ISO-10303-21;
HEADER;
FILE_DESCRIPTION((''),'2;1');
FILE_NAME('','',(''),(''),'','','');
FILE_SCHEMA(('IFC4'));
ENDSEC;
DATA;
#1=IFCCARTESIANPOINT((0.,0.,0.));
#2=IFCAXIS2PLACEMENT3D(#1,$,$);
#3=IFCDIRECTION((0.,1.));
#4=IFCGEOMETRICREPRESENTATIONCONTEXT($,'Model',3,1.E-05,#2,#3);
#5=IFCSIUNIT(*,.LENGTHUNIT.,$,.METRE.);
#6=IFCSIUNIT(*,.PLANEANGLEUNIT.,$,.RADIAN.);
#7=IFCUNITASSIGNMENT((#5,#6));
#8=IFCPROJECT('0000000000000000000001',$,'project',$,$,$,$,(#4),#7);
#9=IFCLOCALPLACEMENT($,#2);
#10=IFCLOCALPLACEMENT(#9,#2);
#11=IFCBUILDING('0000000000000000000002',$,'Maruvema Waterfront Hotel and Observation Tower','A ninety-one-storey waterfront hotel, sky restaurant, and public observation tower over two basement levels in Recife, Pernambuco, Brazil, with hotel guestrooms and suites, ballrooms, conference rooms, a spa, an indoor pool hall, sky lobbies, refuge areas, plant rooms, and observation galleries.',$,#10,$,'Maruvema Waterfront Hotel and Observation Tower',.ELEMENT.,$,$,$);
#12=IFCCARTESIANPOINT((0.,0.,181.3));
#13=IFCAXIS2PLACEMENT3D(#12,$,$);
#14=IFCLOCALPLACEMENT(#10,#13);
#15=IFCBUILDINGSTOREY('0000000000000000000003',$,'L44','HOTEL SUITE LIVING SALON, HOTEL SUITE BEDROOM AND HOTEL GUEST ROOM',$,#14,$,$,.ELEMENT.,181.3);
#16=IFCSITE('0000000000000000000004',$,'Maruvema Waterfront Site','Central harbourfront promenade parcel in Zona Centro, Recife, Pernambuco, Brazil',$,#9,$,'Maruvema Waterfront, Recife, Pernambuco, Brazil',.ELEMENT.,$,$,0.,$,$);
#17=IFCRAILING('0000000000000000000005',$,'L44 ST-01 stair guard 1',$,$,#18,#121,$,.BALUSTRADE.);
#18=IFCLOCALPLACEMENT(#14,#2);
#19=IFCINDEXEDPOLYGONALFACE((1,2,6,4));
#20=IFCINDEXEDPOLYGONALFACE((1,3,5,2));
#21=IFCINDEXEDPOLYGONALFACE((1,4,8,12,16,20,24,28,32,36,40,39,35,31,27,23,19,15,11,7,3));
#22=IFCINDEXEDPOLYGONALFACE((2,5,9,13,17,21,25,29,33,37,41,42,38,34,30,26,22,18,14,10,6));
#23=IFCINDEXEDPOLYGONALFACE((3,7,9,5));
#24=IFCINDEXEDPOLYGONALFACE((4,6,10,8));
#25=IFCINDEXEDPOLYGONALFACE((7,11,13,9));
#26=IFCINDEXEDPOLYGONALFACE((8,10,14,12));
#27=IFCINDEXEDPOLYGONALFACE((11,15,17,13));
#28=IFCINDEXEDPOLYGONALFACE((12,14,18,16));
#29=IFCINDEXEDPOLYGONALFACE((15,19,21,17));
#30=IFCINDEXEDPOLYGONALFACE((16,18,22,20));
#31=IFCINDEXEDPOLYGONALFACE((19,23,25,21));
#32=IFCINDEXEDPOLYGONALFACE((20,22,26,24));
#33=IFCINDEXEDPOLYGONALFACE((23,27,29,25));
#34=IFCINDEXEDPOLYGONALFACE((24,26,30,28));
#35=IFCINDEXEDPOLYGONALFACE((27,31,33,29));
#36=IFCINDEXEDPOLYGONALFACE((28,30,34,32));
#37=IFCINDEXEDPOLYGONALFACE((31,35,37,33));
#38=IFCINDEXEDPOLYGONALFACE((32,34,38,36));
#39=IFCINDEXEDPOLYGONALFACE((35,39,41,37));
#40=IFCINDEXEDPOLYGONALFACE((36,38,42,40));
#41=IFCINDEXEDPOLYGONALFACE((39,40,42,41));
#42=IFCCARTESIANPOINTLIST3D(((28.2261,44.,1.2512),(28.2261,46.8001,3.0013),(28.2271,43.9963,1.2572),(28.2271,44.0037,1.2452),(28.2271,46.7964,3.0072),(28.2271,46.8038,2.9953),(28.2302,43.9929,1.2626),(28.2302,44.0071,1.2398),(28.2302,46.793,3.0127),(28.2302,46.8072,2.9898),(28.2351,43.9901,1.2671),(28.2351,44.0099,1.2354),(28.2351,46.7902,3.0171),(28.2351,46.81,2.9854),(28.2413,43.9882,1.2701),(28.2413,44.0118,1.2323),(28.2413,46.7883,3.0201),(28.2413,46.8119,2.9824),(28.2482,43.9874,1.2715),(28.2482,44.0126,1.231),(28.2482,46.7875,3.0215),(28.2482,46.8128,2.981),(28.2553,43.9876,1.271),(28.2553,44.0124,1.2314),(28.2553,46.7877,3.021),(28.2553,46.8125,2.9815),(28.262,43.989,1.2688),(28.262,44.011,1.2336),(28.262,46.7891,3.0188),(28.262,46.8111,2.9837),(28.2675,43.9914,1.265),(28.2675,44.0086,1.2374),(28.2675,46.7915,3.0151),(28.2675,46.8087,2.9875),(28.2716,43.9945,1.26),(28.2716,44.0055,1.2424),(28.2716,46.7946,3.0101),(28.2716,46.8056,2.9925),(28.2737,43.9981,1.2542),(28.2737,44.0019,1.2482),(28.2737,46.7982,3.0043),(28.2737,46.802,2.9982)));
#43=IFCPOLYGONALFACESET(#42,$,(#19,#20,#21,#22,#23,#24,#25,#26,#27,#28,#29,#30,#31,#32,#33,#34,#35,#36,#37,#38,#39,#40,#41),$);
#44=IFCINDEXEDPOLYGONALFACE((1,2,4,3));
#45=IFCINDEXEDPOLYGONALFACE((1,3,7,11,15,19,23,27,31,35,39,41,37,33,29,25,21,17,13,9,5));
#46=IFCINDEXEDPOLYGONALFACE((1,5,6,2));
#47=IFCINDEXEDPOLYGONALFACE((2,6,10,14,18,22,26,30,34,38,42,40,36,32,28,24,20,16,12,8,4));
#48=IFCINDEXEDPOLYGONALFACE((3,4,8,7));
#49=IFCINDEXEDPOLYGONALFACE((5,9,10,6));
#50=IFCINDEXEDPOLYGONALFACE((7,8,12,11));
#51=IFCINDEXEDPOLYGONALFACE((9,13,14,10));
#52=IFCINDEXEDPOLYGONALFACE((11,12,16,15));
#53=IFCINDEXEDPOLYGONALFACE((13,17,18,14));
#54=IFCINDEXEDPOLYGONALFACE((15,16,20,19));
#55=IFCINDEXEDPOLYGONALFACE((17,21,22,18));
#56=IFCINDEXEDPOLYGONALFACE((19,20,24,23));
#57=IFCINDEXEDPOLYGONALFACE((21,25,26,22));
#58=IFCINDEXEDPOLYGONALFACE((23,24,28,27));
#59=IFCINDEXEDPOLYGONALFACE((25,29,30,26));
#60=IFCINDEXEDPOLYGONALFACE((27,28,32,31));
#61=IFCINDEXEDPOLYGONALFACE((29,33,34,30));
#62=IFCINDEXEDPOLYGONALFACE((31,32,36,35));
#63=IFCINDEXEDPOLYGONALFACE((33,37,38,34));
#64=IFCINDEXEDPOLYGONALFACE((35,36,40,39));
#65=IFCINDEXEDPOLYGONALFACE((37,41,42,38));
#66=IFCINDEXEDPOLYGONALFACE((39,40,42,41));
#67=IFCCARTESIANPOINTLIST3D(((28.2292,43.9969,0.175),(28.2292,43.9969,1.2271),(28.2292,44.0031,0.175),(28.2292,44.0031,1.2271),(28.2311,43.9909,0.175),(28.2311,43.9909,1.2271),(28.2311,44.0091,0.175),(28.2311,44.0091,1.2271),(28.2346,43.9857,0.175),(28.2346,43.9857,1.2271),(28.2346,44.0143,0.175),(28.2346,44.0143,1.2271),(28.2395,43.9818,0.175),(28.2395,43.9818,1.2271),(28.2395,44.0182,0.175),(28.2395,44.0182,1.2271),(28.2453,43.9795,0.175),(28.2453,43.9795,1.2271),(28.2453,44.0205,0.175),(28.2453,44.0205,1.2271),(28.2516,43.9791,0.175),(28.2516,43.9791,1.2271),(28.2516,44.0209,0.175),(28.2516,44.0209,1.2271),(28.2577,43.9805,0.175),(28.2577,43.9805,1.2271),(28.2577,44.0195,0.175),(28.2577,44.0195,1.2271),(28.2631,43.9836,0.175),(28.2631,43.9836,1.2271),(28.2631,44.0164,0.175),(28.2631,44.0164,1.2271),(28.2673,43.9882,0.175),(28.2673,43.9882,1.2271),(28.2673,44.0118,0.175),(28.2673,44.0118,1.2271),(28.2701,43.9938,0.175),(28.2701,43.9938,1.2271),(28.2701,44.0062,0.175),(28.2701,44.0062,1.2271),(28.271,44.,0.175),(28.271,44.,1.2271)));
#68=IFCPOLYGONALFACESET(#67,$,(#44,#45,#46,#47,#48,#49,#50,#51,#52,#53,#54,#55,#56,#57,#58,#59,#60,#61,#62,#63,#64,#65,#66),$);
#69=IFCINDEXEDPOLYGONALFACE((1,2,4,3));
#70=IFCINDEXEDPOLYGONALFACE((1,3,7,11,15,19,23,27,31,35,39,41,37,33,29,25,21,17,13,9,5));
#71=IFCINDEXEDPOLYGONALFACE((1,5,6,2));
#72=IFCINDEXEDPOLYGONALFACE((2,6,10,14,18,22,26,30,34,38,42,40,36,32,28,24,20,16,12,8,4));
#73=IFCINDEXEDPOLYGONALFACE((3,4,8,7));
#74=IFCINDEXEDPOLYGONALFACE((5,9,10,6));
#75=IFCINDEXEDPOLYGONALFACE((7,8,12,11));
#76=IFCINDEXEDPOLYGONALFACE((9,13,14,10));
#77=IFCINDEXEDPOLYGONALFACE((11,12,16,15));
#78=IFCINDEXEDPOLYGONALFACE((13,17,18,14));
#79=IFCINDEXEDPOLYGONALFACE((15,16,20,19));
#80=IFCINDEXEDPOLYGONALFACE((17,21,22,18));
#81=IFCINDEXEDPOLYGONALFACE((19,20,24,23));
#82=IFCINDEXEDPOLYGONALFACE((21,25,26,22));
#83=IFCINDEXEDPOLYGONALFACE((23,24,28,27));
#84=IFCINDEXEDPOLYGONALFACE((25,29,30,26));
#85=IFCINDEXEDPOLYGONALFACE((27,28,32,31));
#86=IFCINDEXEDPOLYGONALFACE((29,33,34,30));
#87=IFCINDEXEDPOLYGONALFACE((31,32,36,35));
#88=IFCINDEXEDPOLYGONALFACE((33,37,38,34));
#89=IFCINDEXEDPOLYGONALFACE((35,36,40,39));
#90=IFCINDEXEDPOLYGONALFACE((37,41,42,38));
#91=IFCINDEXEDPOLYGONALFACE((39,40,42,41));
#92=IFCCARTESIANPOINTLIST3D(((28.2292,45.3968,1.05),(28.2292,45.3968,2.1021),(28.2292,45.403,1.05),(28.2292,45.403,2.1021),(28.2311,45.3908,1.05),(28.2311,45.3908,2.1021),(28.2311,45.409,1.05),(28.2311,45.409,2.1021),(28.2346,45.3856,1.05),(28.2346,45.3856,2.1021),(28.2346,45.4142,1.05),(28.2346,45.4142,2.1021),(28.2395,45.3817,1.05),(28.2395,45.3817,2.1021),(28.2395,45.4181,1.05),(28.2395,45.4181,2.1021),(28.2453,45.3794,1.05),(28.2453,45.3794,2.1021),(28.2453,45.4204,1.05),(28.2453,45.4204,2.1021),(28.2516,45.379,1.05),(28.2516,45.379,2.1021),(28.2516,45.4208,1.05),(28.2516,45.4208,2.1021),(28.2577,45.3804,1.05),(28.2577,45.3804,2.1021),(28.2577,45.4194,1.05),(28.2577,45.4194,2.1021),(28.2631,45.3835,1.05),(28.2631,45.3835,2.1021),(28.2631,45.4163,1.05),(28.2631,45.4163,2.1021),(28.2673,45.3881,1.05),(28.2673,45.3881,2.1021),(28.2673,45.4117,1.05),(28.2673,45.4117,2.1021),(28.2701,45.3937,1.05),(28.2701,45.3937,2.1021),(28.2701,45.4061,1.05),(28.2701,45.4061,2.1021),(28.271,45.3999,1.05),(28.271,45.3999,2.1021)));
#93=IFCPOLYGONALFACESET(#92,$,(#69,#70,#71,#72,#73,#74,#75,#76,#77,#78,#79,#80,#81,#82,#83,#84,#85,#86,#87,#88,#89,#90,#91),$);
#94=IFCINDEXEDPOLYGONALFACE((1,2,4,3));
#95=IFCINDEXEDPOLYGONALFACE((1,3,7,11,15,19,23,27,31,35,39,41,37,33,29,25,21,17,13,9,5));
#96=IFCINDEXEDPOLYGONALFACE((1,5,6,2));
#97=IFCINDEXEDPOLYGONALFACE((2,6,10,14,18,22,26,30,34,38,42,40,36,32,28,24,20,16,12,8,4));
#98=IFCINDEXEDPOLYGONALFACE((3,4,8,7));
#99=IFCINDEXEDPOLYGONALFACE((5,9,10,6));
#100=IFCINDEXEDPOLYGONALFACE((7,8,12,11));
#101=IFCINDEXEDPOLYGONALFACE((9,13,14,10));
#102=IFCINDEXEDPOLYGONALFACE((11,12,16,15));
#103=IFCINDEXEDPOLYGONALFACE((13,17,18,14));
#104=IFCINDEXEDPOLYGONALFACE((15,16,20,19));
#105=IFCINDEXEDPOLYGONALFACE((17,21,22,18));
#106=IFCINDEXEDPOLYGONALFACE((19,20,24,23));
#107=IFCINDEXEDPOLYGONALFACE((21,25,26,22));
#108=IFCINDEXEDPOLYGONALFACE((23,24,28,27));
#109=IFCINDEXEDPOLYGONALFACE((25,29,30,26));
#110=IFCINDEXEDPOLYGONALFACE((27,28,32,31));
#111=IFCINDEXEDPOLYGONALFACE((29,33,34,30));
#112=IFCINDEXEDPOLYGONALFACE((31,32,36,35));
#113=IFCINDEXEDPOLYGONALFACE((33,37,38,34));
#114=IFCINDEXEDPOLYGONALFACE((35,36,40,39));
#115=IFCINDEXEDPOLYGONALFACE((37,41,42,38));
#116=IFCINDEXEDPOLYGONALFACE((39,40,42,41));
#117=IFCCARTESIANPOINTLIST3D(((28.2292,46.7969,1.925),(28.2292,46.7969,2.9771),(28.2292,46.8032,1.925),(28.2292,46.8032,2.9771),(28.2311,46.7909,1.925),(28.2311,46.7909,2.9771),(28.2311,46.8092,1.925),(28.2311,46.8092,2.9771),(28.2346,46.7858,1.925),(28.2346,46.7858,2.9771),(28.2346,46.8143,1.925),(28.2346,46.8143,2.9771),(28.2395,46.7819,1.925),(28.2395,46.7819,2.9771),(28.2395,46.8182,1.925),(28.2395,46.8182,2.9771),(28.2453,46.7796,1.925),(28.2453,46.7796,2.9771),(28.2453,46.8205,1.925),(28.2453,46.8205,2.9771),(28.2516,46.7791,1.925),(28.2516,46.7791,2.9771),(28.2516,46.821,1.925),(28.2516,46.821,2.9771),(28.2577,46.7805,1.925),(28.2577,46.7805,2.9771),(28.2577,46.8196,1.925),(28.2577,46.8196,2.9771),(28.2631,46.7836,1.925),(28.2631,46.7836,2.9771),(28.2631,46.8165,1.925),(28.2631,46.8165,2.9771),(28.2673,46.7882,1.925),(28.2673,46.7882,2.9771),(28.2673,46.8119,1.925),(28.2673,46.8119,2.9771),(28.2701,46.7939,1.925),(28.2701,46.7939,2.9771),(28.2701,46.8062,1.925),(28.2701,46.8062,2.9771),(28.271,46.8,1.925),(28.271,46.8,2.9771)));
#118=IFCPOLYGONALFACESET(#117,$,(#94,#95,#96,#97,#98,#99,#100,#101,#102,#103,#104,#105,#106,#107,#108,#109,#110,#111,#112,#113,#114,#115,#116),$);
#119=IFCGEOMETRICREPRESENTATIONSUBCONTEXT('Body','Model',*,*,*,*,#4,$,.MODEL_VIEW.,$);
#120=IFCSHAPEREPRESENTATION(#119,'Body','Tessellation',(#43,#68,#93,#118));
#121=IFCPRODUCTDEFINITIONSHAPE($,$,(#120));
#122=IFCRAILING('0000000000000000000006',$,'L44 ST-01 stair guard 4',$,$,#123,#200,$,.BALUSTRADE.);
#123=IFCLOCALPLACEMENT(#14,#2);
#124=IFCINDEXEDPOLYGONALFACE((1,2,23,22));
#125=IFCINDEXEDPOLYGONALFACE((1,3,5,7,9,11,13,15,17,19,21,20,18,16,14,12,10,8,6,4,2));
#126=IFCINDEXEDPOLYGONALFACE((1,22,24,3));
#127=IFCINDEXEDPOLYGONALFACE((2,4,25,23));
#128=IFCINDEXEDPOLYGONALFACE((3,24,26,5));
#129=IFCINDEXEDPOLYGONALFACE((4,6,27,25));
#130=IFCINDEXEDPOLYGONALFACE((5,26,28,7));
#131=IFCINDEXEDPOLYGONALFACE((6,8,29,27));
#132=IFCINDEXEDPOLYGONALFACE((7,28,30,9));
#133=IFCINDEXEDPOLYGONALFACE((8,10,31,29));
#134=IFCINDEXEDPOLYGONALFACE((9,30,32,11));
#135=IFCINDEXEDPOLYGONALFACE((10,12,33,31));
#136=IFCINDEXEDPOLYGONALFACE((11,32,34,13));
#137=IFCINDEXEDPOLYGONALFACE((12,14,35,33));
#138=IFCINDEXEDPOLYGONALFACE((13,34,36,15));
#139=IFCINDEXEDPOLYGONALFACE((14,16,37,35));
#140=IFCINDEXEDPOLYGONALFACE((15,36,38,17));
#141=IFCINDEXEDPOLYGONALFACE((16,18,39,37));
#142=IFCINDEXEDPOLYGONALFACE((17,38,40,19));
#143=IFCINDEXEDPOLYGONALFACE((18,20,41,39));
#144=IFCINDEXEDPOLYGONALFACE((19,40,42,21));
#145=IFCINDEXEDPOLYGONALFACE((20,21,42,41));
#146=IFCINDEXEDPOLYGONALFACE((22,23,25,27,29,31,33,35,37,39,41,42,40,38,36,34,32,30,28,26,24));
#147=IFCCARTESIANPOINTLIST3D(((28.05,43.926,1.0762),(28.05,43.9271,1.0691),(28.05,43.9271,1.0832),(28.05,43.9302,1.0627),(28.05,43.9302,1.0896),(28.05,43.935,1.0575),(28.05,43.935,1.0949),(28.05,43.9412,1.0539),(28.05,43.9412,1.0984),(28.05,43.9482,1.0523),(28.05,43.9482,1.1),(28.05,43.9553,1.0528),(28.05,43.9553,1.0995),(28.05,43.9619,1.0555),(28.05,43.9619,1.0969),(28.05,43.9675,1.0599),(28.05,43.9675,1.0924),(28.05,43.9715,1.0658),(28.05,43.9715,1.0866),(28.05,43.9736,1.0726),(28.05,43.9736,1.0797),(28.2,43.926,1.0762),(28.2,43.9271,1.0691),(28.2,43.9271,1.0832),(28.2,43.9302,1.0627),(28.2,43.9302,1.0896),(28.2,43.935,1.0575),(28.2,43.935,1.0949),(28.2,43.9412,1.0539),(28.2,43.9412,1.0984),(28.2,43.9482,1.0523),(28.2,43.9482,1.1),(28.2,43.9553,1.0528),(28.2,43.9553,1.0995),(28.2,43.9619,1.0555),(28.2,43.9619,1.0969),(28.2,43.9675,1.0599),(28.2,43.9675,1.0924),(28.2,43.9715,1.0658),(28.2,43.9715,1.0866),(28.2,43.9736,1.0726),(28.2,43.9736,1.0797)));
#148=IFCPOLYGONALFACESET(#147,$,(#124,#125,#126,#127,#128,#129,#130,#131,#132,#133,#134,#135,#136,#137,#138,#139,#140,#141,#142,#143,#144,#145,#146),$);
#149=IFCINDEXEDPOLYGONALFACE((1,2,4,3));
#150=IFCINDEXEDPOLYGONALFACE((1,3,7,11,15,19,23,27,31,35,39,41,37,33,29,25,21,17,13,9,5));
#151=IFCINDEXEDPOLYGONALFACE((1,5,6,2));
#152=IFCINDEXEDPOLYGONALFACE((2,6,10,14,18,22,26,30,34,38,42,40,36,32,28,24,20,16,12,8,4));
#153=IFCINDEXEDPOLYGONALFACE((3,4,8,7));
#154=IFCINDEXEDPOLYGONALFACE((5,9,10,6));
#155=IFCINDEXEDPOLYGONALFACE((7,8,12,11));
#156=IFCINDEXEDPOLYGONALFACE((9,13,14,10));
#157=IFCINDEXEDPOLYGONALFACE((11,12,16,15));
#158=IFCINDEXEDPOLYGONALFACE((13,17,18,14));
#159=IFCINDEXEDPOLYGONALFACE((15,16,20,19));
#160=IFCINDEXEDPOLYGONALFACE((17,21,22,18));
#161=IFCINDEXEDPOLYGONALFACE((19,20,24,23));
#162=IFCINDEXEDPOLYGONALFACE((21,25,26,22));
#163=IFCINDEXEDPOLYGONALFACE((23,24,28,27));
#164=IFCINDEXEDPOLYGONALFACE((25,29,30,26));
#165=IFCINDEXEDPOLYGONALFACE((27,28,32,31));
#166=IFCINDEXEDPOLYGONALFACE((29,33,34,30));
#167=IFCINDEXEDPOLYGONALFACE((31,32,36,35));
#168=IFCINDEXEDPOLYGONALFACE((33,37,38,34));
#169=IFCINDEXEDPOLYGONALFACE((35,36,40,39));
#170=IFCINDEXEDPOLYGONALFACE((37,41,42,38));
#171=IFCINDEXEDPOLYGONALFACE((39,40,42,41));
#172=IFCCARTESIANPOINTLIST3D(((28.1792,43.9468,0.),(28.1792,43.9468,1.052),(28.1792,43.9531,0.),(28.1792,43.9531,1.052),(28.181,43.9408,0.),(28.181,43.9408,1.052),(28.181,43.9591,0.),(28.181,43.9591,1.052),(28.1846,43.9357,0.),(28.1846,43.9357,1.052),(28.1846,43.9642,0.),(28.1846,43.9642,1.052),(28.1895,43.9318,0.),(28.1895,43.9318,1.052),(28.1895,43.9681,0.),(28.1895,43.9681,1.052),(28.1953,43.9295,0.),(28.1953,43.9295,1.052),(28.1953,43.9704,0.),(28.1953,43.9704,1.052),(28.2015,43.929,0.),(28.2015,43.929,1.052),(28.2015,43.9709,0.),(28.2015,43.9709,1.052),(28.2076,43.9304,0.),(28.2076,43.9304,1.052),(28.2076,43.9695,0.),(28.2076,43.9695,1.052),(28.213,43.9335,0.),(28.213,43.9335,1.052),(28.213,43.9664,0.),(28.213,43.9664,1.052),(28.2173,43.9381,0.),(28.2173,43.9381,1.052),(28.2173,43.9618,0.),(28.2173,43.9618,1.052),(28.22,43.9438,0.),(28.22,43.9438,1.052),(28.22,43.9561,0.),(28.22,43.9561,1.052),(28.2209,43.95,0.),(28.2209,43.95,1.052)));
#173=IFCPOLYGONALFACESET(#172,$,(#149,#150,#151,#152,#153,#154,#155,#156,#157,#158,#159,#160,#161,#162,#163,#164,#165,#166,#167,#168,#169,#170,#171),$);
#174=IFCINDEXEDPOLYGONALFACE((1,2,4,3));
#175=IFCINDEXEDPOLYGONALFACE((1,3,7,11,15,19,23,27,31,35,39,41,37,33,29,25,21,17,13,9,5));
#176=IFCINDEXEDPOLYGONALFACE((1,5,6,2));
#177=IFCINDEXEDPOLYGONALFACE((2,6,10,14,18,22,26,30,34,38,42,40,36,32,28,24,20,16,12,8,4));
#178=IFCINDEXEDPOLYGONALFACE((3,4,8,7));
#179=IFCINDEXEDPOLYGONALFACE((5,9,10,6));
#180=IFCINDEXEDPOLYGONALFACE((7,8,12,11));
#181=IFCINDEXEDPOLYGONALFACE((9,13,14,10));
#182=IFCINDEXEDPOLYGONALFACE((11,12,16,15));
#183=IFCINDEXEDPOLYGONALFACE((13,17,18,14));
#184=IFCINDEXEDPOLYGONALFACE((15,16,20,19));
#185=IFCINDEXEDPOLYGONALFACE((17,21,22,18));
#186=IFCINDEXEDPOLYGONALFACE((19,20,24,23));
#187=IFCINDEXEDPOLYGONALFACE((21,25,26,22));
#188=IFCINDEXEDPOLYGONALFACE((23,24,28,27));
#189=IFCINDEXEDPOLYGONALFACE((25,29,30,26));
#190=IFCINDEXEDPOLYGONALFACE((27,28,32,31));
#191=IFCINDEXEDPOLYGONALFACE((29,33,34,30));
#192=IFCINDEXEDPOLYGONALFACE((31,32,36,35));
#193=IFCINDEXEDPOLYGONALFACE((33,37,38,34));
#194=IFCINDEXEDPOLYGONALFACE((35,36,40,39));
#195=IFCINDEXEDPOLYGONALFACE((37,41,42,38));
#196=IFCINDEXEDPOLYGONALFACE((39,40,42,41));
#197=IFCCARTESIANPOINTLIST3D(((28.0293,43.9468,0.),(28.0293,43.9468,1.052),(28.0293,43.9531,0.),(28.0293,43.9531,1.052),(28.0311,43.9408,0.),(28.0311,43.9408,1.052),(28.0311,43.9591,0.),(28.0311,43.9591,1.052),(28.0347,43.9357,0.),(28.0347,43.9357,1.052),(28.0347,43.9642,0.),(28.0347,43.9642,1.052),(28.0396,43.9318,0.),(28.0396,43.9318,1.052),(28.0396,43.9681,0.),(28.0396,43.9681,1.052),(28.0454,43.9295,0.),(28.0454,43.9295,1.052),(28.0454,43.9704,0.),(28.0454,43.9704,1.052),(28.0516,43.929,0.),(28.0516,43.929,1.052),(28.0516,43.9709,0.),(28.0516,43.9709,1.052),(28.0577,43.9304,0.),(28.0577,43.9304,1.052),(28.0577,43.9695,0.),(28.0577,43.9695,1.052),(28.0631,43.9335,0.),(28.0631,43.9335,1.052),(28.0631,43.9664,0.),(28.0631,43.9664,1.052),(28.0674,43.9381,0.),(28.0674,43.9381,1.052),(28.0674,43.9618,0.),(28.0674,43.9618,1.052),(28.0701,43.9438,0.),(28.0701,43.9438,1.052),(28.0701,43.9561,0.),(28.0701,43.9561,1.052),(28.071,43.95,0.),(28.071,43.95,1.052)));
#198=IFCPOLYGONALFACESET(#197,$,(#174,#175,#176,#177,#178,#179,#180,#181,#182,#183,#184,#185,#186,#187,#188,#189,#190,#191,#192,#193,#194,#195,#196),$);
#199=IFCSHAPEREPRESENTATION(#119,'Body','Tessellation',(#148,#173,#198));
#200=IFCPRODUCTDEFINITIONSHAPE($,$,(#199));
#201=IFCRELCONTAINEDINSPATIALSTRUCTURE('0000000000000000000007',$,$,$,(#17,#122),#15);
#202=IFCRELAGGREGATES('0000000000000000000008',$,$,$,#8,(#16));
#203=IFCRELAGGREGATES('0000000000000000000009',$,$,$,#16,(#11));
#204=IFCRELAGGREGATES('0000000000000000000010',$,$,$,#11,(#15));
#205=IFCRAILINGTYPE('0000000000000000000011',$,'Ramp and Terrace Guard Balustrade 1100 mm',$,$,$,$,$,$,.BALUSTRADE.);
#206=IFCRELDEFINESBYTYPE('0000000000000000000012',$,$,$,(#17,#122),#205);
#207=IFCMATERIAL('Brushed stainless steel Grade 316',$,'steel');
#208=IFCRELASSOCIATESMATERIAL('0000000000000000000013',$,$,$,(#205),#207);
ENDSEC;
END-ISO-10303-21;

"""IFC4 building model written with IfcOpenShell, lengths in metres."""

from ifc_helpers import new_model, si_unit, direction, frame, origin, origin_2d, place, context, subcontext, project, spatial, circle, extrude, material, type_object, element, save


model = new_model("IFC4")

# Units and contexts
model_context = context("Model", 3, precision=1e-05, world=origin(), true_north=direction((0.0, 1.0)))
body_context = subcontext(model_context, "Body", "Model", "MODEL_VIEW")
ifc_project = project(units=[si_unit("LENGTHUNIT", "METRE"), si_unit("PLANEANGLEUNIT", "RADIAN")], contexts=[model_context])

# Site, building, storey
site_placement = place(None, origin())
site = spatial("IfcSite", under=ifc_project, at=site_placement, Name="Maruvema Waterfront Site", Description="Central harbourfront promenade parcel in Zona Centro, Recife, Pernambuco, Brazil", LongName="Maruvema Waterfront, Recife, Pernambuco, Brazil", CompositionType="ELEMENT", RefElevation=0.0)
building_placement = place(site_placement, origin())
building = spatial("IfcBuilding", under=site, at=building_placement, Name="Maruvema Waterfront Hotel and Observation Tower", Description="A ninety-one-storey waterfront hotel, sky restaurant, and public observation tower over two basement levels in Recife, Pernambuco, Brazil, with hotel guestrooms and suites, ballrooms, conference rooms, a spa, an indoor pool hall, sky lobbies, refuge areas, plant rooms, and observation galleries.", LongName="Maruvema Waterfront Hotel and Observation Tower", CompositionType="ELEMENT")
storey_placement = place(building_placement, frame((0.0, 0.0, 181.3)))
storey = spatial("IfcBuildingStorey", under=building, at=storey_placement, Name="L44", Description="HOTEL SUITE LIVING SALON, HOTEL SUITE BEDROOM AND HOTEL GUEST ROOM", CompositionType="ELEMENT", Elevation=181.3)

# Railings
ifc_material_1 = material(Name="Brushed stainless steel Grade 316", Category="steel")
railing_type_1 = type_object("IfcRailingType", Name="Ramp and Terrace Guard Balustrade 1100 mm", PredefinedType="BALUSTRADE", material=ifc_material_1)
railing_1_placement = place(storey_placement, frame((28.25, 44.0, 0.175)))
element("IfcRailing", 1, at=railing_1_placement, inside=storey, type_object=railing_type_1, Name="L44 ST-01 stair guard 1", PredefinedType="BALUSTRADE", context=body_context, shape_type="SweptSolid", body=[
    extrude(circle(Radius=0.0239, at=origin_2d()), frame((0.0, 0.0, 1.0762), z_axis=(0.0, 0.848002, 0.529992), x_axis=(-1.0, 0.0, 0.0)), (0.0, 0.0, 1.0), 3.302),
    extrude(circle(Radius=0.021, at=origin_2d()), origin(), (0.0, 0.0, 1.0), 1.052),
    extrude(circle(Radius=0.021, at=origin_2d()), frame((0.0, 1.3999, 0.875)), (0.0, 0.0, 1.0), 1.052),
    extrude(circle(Radius=0.021, at=origin_2d()), frame((0.0, 2.8, 1.75)), (0.0, 0.0, 1.0), 1.052),
])
railing_2_placement = place(storey_placement, frame((28.2, 43.95, 0.0)))
element("IfcRailing", 2, at=railing_2_placement, inside=storey, type_object=railing_type_1, Name="L44 ST-01 stair guard 4", PredefinedType="BALUSTRADE", context=body_context, shape_type="SweptSolid", body=[
    extrude(circle(Radius=0.0239, at=origin_2d()), frame((0.0, 0.0, 1.0762), z_axis=(-1.0, 0.0, 0.0), x_axis=(0.0, -1.0, 0.0)), (0.0, 0.0, 1.0), 0.1499),
    extrude(circle(Radius=0.021, at=origin_2d()), origin(), (0.0, 0.0, 1.0), 1.052),
    extrude(circle(Radius=0.021, at=origin_2d()), frame((-0.1499, 0.0, 0.0)), (0.0, 0.0, 1.0), 1.052),
])

save(model, "model.ifc")
